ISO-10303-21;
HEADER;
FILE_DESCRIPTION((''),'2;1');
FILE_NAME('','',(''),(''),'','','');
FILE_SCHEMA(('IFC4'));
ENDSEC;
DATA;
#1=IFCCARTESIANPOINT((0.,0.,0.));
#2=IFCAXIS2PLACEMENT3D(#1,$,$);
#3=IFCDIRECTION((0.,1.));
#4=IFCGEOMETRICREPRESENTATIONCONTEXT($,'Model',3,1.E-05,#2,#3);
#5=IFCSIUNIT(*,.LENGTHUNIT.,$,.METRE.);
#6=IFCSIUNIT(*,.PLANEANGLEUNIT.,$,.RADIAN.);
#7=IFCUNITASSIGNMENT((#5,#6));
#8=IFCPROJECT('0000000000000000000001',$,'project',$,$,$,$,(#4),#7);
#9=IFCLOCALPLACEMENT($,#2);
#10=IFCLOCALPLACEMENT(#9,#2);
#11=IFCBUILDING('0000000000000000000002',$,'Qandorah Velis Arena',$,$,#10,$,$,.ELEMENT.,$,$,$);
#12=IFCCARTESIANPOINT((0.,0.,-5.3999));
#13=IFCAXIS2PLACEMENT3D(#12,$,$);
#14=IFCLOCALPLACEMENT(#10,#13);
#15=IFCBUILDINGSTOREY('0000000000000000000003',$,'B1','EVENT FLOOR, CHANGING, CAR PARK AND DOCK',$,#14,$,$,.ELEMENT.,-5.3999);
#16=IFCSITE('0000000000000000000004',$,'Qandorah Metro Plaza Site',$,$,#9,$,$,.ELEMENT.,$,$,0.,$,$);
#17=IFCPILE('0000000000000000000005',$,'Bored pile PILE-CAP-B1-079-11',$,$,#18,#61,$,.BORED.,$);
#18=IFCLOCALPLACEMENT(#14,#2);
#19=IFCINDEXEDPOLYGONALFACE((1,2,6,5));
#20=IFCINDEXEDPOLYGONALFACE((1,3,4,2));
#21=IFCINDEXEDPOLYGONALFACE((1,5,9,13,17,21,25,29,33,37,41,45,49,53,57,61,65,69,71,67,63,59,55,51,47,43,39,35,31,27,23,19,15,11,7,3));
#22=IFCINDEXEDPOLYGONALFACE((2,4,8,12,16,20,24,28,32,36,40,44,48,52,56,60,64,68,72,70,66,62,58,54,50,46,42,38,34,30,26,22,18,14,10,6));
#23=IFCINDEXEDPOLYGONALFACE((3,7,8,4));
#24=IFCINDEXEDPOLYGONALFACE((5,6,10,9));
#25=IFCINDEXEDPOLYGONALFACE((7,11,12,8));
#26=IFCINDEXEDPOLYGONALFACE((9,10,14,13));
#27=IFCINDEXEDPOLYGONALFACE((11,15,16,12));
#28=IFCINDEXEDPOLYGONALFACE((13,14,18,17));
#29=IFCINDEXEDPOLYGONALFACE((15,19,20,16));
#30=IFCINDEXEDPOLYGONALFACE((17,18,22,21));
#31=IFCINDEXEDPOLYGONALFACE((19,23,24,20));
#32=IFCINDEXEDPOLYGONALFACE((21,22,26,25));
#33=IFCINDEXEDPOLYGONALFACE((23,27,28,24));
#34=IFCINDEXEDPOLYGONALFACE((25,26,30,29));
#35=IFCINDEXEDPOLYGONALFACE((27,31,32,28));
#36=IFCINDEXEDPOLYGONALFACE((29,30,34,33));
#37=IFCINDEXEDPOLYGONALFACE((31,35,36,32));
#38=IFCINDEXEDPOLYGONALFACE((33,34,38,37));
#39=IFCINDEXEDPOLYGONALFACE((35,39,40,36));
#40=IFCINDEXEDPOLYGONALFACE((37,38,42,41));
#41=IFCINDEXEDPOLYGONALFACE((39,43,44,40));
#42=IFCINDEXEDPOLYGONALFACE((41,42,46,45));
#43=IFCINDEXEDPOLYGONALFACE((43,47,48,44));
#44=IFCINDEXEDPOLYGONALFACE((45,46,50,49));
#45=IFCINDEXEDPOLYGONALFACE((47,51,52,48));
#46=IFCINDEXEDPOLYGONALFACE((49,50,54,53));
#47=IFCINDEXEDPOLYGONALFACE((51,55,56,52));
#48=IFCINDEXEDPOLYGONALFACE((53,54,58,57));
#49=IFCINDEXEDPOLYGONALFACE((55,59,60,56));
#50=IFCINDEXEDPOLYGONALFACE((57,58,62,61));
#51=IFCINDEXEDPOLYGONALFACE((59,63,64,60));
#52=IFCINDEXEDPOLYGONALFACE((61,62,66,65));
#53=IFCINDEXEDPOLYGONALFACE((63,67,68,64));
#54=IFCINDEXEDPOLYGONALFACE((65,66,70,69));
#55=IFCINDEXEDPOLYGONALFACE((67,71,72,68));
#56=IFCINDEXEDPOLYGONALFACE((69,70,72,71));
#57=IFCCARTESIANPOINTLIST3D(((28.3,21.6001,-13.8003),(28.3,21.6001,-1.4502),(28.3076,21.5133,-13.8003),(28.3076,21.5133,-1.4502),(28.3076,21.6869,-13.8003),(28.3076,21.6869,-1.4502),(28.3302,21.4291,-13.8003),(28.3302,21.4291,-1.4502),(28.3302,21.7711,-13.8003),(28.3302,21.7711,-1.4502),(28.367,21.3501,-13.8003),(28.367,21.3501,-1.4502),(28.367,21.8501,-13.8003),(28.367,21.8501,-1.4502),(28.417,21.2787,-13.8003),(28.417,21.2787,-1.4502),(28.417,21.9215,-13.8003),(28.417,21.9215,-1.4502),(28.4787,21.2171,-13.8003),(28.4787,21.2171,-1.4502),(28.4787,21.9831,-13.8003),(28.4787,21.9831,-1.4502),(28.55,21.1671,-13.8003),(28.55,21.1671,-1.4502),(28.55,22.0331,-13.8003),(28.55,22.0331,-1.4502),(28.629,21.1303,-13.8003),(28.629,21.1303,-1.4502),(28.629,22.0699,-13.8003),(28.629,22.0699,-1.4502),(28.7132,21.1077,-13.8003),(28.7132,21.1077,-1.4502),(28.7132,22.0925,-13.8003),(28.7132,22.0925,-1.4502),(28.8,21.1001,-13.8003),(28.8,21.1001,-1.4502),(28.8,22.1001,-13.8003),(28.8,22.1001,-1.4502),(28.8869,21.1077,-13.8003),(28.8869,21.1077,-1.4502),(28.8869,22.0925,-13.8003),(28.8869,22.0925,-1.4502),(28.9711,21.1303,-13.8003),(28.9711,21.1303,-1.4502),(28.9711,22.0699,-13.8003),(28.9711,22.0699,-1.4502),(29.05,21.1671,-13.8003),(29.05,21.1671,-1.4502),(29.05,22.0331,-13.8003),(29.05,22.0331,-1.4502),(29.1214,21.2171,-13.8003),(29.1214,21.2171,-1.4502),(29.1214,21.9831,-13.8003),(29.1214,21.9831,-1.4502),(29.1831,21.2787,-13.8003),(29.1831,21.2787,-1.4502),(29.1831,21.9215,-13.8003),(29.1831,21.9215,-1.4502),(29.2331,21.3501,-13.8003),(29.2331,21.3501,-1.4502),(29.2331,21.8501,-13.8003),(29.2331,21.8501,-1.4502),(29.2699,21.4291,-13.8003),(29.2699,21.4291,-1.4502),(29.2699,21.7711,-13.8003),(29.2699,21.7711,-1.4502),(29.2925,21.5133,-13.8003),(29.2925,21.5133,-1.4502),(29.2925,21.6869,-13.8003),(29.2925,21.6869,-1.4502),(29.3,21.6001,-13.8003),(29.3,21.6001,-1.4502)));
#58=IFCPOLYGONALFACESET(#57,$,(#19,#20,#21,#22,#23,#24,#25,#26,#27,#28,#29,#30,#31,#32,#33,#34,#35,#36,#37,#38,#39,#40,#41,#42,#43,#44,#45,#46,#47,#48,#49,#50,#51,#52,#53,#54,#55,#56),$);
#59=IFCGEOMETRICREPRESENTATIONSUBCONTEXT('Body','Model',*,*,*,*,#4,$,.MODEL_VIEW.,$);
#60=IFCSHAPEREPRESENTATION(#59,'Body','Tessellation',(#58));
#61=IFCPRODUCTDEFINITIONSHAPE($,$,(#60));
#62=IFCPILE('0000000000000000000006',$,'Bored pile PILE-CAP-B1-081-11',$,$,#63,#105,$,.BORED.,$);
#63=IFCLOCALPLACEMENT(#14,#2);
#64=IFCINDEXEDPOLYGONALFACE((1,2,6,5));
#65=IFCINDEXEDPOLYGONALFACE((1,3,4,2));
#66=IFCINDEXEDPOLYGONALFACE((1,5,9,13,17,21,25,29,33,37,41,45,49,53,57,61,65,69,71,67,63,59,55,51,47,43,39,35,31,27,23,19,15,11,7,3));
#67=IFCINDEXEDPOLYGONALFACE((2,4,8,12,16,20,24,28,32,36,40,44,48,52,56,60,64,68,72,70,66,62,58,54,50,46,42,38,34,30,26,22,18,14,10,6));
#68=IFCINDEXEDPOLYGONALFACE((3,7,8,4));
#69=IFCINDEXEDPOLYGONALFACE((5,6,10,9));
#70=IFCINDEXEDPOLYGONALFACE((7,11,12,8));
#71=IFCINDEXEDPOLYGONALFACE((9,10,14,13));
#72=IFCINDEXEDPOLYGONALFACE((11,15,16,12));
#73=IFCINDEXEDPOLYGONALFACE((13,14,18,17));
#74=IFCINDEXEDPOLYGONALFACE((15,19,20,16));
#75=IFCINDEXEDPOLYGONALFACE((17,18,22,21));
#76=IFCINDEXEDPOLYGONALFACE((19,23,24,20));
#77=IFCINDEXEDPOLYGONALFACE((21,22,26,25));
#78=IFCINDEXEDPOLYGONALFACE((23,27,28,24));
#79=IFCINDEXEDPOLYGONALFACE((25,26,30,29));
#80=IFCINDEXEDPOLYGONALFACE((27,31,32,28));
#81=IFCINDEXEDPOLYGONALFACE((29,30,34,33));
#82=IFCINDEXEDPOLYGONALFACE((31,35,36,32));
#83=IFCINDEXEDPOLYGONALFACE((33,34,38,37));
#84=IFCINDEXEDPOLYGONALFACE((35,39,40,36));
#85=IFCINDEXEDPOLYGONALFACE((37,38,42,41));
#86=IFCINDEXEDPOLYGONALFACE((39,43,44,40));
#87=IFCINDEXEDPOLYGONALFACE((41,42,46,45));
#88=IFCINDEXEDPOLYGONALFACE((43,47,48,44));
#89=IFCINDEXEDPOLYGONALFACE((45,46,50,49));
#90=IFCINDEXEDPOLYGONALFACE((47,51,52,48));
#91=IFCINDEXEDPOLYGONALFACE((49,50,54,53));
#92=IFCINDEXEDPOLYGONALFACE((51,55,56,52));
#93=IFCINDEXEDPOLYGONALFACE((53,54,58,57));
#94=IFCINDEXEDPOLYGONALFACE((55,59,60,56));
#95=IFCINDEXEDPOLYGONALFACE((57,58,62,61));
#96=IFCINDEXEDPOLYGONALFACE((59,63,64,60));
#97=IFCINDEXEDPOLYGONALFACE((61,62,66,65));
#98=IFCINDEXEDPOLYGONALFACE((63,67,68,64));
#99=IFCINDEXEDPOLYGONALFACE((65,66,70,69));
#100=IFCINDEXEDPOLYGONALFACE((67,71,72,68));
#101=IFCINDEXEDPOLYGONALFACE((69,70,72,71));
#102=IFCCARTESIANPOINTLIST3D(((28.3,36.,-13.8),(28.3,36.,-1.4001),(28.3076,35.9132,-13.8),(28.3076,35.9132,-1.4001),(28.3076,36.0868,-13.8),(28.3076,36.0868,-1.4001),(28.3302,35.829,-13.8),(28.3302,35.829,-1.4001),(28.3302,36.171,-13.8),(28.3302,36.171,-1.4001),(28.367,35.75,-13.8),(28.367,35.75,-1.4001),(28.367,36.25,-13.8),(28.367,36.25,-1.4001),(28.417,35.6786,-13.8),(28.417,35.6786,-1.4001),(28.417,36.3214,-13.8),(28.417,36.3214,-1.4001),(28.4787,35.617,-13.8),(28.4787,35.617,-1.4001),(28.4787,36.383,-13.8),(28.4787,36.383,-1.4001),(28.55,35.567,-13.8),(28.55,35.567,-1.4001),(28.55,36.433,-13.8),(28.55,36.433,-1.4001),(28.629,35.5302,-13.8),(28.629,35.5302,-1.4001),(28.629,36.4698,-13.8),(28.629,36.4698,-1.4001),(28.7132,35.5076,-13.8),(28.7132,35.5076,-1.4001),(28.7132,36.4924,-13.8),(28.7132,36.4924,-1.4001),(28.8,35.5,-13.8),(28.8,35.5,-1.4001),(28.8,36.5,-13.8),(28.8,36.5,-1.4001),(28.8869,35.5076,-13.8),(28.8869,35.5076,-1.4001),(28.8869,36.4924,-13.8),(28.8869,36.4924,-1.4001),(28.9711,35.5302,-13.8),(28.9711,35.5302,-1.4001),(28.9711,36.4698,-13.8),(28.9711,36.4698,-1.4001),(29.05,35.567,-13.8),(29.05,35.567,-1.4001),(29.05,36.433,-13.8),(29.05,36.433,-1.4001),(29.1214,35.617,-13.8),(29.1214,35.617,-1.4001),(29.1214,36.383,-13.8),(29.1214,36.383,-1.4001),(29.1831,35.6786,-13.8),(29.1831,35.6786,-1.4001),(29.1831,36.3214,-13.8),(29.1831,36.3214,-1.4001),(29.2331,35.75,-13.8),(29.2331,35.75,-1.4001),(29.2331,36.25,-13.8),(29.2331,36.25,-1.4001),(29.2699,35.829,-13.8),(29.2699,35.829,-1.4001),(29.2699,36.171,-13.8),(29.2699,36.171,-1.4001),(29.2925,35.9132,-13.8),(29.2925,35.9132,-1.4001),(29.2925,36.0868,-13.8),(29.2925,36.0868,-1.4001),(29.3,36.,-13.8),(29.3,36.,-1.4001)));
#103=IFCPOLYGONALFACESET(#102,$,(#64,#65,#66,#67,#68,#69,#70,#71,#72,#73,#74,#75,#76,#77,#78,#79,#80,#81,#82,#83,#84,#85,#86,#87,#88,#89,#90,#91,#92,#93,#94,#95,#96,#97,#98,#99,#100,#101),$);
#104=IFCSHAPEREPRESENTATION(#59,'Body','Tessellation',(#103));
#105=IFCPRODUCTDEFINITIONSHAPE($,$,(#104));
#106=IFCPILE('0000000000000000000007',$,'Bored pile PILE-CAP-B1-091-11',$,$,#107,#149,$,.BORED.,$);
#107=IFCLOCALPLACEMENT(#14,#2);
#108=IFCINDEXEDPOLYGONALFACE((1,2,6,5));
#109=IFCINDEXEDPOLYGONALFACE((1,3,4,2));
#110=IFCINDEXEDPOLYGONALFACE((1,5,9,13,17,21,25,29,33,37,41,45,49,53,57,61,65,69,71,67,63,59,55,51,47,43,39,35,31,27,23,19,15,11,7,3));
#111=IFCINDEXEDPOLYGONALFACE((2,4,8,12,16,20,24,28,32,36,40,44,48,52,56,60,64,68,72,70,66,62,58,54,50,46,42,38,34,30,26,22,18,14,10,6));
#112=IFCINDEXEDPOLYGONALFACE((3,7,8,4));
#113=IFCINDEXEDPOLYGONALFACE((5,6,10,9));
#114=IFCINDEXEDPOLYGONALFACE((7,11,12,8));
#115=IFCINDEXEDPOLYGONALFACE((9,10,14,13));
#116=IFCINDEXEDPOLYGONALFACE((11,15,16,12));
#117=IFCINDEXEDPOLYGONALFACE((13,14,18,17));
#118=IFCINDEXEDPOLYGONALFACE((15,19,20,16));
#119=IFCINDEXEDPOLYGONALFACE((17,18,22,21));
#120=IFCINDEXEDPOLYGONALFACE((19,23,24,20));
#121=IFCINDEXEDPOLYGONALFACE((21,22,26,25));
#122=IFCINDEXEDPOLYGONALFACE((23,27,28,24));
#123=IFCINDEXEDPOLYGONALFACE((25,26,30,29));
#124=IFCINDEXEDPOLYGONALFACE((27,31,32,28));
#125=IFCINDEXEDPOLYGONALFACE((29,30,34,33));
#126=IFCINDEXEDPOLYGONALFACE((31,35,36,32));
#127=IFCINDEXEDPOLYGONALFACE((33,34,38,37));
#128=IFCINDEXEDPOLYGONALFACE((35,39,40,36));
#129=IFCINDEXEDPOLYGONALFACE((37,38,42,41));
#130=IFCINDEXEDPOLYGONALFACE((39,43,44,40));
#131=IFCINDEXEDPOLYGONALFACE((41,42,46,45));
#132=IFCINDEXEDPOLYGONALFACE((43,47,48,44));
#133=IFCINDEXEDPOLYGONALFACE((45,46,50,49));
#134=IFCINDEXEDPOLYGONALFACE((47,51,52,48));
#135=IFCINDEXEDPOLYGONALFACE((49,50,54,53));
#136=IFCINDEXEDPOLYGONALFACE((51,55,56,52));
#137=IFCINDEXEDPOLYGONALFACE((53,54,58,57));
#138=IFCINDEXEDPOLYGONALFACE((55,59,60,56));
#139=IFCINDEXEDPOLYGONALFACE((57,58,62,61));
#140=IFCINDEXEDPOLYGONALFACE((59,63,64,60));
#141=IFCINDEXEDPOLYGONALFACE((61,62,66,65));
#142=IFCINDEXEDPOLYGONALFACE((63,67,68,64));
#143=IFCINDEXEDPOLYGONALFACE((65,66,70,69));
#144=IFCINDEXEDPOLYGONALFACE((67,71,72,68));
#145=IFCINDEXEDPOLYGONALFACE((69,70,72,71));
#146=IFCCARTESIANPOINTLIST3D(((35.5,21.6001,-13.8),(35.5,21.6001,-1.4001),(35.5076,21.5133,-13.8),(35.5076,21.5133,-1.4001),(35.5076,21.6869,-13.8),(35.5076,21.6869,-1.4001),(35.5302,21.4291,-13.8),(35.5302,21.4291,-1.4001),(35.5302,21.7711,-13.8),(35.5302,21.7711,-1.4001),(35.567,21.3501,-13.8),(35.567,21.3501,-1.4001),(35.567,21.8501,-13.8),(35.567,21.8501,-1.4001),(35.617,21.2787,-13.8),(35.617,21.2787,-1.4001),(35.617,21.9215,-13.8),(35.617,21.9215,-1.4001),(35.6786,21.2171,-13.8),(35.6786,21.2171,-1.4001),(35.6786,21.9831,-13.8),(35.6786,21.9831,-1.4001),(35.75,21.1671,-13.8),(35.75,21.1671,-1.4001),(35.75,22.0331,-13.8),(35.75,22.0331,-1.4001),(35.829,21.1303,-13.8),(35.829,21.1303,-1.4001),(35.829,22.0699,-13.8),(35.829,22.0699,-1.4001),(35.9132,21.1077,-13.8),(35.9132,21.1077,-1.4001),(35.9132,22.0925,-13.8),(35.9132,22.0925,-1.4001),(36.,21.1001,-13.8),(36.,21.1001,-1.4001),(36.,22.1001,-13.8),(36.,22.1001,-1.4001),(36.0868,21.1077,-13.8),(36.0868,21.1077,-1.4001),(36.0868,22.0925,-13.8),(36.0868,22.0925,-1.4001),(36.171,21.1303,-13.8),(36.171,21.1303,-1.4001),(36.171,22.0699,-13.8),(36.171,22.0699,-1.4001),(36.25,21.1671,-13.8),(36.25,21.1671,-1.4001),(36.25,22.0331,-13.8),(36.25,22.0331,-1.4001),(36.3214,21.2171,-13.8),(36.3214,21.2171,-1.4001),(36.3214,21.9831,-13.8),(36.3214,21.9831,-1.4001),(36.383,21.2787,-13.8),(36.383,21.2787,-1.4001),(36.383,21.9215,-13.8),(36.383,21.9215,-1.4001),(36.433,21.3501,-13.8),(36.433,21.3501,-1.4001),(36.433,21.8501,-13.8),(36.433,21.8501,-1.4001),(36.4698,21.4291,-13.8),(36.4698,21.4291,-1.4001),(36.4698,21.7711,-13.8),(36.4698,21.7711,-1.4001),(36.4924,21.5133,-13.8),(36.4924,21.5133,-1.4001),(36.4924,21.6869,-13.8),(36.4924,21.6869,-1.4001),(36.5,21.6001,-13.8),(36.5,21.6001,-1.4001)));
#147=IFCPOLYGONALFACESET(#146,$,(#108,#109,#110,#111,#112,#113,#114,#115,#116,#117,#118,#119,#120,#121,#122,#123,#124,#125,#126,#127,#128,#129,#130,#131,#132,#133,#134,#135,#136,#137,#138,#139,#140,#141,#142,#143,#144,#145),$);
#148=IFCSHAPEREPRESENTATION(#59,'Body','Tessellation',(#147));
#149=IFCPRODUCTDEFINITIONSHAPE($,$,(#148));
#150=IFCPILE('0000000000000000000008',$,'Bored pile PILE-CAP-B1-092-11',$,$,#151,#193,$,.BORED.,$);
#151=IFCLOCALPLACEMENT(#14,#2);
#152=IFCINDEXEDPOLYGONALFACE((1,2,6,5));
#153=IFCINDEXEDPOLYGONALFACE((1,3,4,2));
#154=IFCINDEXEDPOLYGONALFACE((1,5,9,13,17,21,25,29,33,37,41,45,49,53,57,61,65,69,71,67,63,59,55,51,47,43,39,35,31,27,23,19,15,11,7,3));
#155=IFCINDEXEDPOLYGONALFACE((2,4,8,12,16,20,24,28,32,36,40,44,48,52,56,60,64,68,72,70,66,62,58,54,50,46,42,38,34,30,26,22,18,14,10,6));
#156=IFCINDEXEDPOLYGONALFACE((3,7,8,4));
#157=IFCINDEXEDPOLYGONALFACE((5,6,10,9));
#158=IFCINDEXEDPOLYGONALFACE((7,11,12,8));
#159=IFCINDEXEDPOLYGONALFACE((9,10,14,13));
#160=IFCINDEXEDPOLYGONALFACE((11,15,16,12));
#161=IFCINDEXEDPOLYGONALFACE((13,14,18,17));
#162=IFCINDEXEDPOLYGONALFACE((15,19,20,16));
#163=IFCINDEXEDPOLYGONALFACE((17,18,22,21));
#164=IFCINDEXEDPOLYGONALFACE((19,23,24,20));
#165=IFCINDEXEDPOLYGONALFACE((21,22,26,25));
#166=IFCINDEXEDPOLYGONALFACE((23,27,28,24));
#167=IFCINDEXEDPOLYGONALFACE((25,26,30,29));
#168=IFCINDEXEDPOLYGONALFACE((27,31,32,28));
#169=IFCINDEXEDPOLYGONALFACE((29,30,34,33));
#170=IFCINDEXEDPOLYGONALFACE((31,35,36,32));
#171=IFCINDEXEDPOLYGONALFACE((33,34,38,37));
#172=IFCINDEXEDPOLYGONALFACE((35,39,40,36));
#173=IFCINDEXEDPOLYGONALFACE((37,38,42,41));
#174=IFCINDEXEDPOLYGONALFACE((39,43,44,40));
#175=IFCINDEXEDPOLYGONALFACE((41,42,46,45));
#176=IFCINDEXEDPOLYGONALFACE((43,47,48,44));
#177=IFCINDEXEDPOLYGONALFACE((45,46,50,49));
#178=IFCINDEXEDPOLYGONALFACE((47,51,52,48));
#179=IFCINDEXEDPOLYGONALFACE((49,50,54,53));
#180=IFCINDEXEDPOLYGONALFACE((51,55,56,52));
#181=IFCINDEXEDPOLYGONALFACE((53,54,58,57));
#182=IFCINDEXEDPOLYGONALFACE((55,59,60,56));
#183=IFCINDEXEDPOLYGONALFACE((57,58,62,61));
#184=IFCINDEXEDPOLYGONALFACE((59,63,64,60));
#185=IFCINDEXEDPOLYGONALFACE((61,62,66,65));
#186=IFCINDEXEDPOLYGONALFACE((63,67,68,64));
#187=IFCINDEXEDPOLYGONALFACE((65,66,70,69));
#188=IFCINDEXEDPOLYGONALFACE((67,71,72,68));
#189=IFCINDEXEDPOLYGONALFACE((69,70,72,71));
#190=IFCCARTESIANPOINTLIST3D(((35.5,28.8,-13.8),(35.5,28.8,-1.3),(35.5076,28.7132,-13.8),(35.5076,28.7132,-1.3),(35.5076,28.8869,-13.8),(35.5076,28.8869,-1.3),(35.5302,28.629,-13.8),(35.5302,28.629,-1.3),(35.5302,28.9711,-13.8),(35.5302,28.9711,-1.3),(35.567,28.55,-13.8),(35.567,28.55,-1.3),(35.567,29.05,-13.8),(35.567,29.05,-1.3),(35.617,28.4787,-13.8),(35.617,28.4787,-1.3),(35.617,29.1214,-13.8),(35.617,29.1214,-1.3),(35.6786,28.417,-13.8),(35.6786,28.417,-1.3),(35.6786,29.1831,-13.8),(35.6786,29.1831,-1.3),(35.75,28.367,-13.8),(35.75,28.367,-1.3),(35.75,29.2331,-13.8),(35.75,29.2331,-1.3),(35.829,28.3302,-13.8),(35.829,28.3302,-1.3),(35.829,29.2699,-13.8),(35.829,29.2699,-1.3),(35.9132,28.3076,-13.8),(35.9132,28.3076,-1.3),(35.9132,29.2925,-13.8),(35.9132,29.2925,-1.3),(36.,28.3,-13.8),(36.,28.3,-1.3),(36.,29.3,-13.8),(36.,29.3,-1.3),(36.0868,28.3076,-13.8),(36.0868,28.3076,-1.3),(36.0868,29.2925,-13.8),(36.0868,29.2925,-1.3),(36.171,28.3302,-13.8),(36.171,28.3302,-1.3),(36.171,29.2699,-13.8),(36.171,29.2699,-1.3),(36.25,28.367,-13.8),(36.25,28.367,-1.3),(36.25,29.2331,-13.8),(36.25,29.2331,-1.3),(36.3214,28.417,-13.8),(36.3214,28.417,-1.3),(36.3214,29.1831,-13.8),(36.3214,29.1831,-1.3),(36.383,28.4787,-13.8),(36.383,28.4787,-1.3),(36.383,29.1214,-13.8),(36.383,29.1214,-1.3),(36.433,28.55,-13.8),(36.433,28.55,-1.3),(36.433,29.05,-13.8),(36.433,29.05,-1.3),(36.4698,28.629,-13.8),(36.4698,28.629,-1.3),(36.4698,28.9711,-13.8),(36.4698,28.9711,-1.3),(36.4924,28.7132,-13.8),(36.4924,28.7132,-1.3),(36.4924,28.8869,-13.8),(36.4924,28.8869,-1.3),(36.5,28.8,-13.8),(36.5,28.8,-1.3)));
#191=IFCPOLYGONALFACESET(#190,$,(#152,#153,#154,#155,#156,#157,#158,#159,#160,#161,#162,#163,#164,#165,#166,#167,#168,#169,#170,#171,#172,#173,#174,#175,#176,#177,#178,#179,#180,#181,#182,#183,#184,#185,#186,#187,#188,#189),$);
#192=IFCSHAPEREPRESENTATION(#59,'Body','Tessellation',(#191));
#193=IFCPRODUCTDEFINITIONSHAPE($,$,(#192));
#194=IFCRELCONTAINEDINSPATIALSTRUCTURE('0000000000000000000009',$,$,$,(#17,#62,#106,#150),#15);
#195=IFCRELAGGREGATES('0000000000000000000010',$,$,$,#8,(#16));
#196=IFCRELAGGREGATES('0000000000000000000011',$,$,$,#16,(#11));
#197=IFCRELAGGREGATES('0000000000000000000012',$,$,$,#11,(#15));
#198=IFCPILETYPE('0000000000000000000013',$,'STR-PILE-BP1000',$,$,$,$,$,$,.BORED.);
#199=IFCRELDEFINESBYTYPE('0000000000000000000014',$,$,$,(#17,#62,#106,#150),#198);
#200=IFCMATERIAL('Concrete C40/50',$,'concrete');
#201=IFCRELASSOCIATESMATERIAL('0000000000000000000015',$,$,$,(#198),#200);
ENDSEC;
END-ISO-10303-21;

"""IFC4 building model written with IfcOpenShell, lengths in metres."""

from ifc_helpers import new_model, si_unit, direction, frame, origin, origin_2d, place, context, subcontext, project, spatial, circle, extrude, material, material_profile, profile_set, type_object, element, save


model = new_model("IFC4")

# Units and contexts
model_context = context("Model", 3, precision=1e-05, world=origin(), true_north=direction((0.0, 1.0)))
body_context = subcontext(model_context, "Body", "Model", "MODEL_VIEW")
ifc_project = project(units=[si_unit("LENGTHUNIT", "METRE"), si_unit("PLANEANGLEUNIT", "RADIAN")], contexts=[model_context])

# Site, building, storey
site_placement = place(None, origin())
site = spatial("IfcSite", under=ifc_project, at=site_placement, Name="Qandorah Metro Plaza Site", CompositionType="ELEMENT", RefElevation=0.0)
building_placement = place(site_placement, origin())
building = spatial("IfcBuilding", under=site, at=building_placement, Name="Qandorah Velis Arena", CompositionType="ELEMENT")
storey_placement = place(building_placement, frame((0.0, 0.0, -5.3999)))
storey = spatial("IfcBuildingStorey", under=building, at=storey_placement, Name="B1", Description="EVENT FLOOR, CHANGING, CAR PARK AND DOCK", CompositionType="ELEMENT", Elevation=-5.3999)

# Shared definitions
ifc_material = material(Name="Concrete C40/50", Category="concrete")

# Piles
ifc_material_profile_1 = material_profile(ifc_material, circle(Radius=0.5, at=origin_2d()), Name="BORED PILE D1000")
ifc_profile_set_1 = profile_set([ifc_material_profile_1], Name="Concrete C40/50")
pile_type_1 = type_object("IfcPileType", Name="STR-PILE-BP1000", PredefinedType="BORED", material=ifc_profile_set_1)
pile_1_placement = place(storey_placement, frame((28.8, 21.6001, -1.4502), z_axis=(0.0, 0.0, -1.0), x_axis=(1.0, 0.0, 0.0)))
element("IfcPile", 1, at=pile_1_placement, inside=storey, type_object=pile_type_1, Name="Bored pile PILE-CAP-B1-079-11", PredefinedType="BORED", context=body_context, shape_type="SweptSolid", body=[
    extrude(circle(Radius=0.5, at=origin_2d()), origin(), (0.0, 0.0, 1.0), 12.3501),
])
for number, where, z_axis, x_axis, name in (
    (2, (28.8, 36.0, -1.4001), (0.0, 0.0, -1.0), (1.0, 0.0, 0.0), "Bored pile PILE-CAP-B1-081-11"),
    (3, (36.0, 21.6001, -1.4001), (0.0, 0.0, -1.0), (1.0, 0.0, 0.0), "Bored pile PILE-CAP-B1-091-11"),
):
    element("IfcPile", number, at=place(storey_placement, frame(where, z_axis=z_axis, x_axis=x_axis)), inside=storey, type_object=pile_type_1, Name=name, PredefinedType="BORED", context=body_context, shape_type="SweptSolid", body=[
        extrude(circle(Radius=0.5, at=origin_2d()), origin(), (0.0, 0.0, 1.0), 12.3999),
    ])
pile_2_placement = place(storey_placement, frame((36.0, 28.8, -1.3), z_axis=(0.0, 0.0, -1.0), x_axis=(1.0, 0.0, 0.0)))
element("IfcPile", 4, at=pile_2_placement, inside=storey, type_object=pile_type_1, Name="Bored pile PILE-CAP-B1-092-11", PredefinedType="BORED", context=body_context, shape_type="SweptSolid", body=[
    extrude(circle(Radius=0.5, at=origin_2d()), origin(), (0.0, 0.0, 1.0), 12.5),
])

save(model, "model.ifc")
